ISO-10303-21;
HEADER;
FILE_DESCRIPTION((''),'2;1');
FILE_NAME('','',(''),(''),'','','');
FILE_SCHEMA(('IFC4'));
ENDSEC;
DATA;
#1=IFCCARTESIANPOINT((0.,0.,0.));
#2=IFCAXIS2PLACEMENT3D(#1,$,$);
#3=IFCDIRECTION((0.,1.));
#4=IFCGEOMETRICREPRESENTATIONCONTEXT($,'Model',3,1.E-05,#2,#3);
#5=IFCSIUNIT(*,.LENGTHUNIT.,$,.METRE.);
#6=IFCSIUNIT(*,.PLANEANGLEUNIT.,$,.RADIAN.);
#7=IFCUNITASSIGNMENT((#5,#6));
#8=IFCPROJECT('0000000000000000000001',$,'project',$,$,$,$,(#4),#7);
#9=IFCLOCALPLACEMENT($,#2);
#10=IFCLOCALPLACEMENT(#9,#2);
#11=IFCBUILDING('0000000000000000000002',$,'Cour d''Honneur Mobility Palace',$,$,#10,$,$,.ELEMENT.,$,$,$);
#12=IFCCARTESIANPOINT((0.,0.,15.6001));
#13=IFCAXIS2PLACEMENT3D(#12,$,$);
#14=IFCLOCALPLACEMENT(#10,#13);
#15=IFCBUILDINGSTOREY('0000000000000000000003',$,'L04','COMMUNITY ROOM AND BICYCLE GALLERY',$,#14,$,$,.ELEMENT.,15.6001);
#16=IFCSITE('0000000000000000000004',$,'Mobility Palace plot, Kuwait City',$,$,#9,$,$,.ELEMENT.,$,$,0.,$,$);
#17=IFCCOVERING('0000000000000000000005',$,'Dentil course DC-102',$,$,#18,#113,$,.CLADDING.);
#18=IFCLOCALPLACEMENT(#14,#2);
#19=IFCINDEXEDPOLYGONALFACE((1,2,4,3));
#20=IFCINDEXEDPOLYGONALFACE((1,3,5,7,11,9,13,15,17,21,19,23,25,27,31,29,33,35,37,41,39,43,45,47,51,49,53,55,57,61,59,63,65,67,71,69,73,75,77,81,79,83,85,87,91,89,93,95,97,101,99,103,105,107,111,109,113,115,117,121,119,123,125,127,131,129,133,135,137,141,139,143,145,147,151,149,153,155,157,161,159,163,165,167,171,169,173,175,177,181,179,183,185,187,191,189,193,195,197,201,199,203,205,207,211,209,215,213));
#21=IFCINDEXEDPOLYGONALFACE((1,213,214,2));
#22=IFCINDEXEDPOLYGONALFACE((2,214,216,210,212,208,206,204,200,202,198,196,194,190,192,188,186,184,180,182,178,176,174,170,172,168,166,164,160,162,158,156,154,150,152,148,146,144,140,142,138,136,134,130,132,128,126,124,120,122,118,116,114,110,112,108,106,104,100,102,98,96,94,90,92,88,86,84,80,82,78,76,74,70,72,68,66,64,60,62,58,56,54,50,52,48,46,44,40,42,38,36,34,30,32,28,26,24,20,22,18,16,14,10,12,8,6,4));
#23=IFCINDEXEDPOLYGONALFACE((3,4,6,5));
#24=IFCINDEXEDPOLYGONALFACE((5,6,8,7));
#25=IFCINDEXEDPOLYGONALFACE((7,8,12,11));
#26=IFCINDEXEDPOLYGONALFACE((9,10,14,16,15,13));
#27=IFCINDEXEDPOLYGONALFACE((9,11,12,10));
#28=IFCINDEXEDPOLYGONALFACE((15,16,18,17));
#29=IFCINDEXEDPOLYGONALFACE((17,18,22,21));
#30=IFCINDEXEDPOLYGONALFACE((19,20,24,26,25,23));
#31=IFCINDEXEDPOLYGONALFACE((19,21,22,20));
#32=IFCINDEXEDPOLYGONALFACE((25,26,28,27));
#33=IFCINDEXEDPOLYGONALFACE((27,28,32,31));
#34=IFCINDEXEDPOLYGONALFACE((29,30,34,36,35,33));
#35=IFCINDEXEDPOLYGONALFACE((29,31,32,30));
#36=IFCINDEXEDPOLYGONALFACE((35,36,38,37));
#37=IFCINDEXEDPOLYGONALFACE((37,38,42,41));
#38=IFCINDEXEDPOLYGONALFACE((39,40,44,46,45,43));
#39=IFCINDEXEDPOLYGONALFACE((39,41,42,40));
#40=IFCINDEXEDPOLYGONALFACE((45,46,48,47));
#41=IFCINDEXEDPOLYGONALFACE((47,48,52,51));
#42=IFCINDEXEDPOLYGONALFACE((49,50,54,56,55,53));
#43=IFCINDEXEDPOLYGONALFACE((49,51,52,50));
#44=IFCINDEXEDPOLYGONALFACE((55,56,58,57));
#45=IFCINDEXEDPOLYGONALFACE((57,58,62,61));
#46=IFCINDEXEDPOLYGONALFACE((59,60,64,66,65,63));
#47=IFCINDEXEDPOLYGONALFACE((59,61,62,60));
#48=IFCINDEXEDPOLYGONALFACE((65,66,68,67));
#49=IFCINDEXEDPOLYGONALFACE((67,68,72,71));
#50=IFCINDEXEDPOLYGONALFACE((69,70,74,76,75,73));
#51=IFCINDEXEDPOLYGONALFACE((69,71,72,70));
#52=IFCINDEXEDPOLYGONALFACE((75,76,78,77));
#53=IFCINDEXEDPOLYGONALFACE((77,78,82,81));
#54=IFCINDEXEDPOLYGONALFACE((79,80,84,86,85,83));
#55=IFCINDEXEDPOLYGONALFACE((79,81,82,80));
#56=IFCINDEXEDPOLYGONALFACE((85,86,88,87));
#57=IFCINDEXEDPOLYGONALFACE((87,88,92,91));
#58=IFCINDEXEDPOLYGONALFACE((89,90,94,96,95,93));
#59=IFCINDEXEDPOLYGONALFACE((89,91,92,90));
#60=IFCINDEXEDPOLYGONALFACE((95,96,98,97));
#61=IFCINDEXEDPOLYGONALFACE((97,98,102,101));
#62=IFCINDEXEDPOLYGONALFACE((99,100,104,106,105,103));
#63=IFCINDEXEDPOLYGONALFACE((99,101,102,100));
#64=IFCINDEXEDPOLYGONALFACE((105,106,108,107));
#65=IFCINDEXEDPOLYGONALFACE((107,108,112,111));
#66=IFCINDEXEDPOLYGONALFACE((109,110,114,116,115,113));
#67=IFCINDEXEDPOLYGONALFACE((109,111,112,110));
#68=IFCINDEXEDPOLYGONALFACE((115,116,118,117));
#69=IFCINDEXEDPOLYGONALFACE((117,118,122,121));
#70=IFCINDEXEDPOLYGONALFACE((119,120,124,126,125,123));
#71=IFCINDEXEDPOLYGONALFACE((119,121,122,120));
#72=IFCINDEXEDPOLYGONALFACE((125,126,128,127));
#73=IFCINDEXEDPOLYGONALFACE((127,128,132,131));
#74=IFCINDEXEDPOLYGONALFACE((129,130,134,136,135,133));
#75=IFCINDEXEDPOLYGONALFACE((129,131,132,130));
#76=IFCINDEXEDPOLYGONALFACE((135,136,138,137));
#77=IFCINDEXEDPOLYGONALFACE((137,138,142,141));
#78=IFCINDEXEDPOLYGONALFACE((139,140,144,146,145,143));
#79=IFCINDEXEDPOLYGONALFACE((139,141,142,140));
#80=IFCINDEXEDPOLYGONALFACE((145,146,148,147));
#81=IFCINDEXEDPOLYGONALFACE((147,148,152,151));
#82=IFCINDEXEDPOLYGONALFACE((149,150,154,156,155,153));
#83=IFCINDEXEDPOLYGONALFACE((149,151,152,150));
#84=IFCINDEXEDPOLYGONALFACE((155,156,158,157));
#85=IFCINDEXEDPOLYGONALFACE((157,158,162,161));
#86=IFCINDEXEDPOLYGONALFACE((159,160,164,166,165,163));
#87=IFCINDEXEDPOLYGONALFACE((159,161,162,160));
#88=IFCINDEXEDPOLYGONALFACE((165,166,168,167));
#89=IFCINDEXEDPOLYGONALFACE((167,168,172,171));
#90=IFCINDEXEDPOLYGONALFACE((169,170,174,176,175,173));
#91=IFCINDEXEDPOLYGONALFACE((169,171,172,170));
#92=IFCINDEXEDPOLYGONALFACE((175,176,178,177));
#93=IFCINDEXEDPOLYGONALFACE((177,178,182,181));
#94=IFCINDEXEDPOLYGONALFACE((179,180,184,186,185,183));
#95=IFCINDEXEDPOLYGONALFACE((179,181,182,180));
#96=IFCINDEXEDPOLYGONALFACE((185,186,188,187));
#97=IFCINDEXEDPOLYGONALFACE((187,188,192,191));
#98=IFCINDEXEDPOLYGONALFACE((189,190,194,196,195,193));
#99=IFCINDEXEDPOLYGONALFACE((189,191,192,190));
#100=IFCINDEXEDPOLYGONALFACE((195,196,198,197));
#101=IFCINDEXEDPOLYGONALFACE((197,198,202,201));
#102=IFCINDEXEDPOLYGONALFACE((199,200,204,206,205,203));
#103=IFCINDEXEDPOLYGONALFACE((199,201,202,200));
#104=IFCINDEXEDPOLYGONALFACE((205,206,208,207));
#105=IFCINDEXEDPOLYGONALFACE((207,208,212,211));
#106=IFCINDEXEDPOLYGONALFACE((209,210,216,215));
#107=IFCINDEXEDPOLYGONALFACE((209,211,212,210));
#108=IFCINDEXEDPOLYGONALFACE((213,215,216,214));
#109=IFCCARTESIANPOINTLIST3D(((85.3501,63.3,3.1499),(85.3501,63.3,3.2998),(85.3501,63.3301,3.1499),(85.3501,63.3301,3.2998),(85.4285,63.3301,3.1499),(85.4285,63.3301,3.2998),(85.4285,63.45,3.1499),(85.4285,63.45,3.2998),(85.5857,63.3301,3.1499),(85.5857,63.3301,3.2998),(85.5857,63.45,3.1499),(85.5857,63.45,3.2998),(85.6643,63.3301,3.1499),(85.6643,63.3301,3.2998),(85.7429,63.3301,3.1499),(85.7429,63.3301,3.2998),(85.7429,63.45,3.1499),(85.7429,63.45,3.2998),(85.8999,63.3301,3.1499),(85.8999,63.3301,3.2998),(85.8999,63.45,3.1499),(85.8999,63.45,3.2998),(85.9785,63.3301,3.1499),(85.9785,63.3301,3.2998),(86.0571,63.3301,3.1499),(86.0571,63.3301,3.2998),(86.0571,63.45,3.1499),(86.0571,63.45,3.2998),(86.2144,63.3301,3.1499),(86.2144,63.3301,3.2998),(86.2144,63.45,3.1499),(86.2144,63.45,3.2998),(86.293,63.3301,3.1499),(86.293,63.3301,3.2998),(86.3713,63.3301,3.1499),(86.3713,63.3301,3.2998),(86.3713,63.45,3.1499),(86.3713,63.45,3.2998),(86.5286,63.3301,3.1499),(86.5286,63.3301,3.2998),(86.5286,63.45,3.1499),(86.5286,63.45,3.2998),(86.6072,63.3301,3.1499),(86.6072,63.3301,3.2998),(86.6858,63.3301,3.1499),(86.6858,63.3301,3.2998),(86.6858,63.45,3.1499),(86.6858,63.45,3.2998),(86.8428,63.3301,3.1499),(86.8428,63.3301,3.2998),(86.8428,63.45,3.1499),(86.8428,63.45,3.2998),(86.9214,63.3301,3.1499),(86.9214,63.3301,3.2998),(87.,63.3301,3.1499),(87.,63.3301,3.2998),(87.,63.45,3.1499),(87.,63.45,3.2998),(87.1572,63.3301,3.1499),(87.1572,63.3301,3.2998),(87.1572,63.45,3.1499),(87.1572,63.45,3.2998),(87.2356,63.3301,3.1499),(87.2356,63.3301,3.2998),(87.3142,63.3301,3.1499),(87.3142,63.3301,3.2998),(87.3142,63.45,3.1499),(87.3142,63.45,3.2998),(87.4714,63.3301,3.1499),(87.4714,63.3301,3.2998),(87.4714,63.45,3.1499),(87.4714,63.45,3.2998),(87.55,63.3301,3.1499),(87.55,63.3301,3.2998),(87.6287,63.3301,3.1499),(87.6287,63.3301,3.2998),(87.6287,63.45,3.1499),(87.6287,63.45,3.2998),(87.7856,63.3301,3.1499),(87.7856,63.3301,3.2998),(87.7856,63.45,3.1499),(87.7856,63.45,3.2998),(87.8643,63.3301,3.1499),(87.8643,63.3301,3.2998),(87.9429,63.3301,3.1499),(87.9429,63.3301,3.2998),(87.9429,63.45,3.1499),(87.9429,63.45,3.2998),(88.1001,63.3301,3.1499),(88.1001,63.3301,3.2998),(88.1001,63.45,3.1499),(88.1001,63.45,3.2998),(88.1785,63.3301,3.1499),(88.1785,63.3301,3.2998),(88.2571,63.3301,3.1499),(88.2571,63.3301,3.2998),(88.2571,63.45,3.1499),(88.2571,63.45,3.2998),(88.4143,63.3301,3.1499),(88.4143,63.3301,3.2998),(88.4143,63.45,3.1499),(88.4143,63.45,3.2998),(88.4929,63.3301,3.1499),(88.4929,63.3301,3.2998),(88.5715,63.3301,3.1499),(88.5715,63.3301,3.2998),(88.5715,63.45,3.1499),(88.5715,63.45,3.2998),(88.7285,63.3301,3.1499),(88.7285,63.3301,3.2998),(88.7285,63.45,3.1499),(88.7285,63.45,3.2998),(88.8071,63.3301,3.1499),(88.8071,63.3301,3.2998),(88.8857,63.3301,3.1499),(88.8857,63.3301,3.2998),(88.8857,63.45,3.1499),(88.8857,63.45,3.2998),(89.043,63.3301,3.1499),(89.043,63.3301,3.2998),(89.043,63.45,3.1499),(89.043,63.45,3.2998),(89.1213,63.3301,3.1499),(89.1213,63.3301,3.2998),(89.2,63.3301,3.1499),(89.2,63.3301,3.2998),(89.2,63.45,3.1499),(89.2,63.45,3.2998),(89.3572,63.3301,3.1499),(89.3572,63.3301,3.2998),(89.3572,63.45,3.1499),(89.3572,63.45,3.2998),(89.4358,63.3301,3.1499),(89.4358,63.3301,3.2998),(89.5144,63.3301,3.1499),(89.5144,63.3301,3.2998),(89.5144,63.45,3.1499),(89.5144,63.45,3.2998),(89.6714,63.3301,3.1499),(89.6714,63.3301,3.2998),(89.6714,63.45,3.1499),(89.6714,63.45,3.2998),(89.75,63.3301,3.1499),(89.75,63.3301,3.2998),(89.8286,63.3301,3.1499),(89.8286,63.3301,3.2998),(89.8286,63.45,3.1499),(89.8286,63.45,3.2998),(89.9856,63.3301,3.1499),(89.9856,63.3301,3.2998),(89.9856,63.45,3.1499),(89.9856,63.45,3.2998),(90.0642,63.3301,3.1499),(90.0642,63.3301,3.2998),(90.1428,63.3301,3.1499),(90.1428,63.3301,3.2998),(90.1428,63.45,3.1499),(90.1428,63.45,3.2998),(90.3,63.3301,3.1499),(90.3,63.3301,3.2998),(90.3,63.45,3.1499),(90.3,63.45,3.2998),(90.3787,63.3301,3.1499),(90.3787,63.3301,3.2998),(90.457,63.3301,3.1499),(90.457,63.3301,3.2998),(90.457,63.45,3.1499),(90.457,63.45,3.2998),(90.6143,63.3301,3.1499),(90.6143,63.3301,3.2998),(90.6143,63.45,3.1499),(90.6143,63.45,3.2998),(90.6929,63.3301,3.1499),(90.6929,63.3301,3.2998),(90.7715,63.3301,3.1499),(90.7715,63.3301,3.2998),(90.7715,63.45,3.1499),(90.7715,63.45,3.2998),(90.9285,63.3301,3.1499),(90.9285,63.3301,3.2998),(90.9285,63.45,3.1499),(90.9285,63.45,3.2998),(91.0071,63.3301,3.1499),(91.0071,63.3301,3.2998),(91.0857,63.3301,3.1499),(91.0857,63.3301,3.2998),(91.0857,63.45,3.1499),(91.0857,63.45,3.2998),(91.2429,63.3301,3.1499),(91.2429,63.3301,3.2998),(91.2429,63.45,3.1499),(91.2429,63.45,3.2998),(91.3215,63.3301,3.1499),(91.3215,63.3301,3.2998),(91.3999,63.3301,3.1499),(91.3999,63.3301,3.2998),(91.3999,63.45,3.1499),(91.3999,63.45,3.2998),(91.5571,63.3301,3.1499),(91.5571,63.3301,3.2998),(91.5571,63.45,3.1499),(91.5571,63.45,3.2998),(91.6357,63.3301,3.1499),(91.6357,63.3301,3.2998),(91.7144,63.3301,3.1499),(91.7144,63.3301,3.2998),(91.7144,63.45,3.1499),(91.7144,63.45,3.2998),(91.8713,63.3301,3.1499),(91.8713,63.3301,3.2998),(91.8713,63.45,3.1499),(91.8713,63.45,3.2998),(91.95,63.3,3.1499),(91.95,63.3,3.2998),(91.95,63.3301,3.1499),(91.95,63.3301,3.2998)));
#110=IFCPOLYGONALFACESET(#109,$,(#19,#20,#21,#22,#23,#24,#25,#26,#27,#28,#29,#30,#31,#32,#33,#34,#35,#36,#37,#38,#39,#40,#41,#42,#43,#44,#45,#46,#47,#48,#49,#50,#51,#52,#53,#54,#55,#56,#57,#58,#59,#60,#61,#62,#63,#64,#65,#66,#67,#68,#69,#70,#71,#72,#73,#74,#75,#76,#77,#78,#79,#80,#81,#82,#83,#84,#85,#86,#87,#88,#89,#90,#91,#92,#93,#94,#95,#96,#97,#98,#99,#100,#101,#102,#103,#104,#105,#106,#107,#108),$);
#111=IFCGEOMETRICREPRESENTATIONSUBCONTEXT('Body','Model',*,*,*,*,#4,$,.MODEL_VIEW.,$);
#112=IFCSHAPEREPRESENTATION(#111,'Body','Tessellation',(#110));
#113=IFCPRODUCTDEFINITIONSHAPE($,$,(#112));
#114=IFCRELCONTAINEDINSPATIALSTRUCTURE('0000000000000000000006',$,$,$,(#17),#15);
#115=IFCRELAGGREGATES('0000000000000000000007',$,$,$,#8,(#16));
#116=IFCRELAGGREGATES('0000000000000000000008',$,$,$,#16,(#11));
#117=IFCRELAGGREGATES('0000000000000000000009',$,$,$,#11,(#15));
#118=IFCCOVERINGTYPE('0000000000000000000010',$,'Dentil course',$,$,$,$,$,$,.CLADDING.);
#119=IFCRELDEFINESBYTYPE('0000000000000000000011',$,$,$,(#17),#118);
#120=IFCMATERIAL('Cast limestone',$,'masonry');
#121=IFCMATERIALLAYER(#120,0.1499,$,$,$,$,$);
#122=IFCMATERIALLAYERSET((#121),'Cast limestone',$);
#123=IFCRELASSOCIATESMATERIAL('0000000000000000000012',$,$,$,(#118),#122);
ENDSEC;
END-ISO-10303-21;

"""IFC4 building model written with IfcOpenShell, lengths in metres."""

from ifc_helpers import new_model, si_unit, direction, frame, origin, place, context, subcontext, project, spatial, polyline, outline, extrude, material, layer, layer_set, type_object, element, save


model = new_model("IFC4")

# Units and contexts
model_context = context("Model", 3, precision=1e-05, world=origin(), true_north=direction((0.0, 1.0)))
body_context = subcontext(model_context, "Body", "Model", "MODEL_VIEW")
ifc_project = project(units=[si_unit("LENGTHUNIT", "METRE"), si_unit("PLANEANGLEUNIT", "RADIAN")], contexts=[model_context])

# Site, building, storey
site_placement = place(None, origin())
site = spatial("IfcSite", under=ifc_project, at=site_placement, Name="Mobility Palace plot, Kuwait City", CompositionType="ELEMENT", RefElevation=0.0)
building_placement = place(site_placement, origin())
building = spatial("IfcBuilding", under=site, at=building_placement, Name="Cour d'Honneur Mobility Palace", CompositionType="ELEMENT")
storey_placement = place(building_placement, frame((0.0, 0.0, 15.6001)))
storey = spatial("IfcBuildingStorey", under=building, at=storey_placement, Name="L04", Description="COMMUNITY ROOM AND BICYCLE GALLERY", CompositionType="ELEMENT", Elevation=15.6001)

# Covering
ifc_material = material(Name="Cast limestone", Category="masonry")
ifc_layer = layer(ifc_material, 0.1499)
ifc_layer_set = layer_set([ifc_layer], Name="Cast limestone")
covering_type = type_object("IfcCoveringType", Name="Dentil course", PredefinedType="CLADDING", material=ifc_layer_set)
covering_1_placement = place(storey_placement, frame((0.0, 0.0, 3.1499)))
element("IfcCovering", 1, at=covering_1_placement, inside=storey, type_object=covering_type, Name="Dentil course DC-102", PredefinedType="CLADDING", context=body_context, shape_type="SweptSolid", body=[
    extrude(outline(polyline([(91.95, 63.3), (85.3501, 63.3), (85.3501, 63.3301), (85.3501, 63.3301), (85.4285, 63.3301), (85.4285, 63.45), (85.5857, 63.45), (85.5857, 63.3301), (85.6643, 63.3301), (85.6643, 63.3301), (85.7429, 63.3301), (85.7429, 63.45), (85.8999, 63.45), (85.8999, 63.3301), (85.9785, 63.3301), (85.9785, 63.3301), (86.0571, 63.3301), (86.0571, 63.45), (86.2144, 63.45), (86.2144, 63.3301), (86.293, 63.3301), (86.293, 63.3301), (86.3713, 63.3301), (86.3713, 63.45), (86.5286, 63.45), (86.5286, 63.3301), (86.6072, 63.3301), (86.6072, 63.3301), (86.6858, 63.3301), (86.6858, 63.45), (86.8428, 63.45), (86.8428, 63.3301), (86.9214, 63.3301), (86.9214, 63.3301), (87.0, 63.3301), (87.0, 63.45), (87.1572, 63.45), (87.1572, 63.3301), (87.2356, 63.3301), (87.2356, 63.3301), (87.3142, 63.3301), (87.3142, 63.45), (87.4714, 63.45), (87.4714, 63.3301), (87.55, 63.3301), (87.55, 63.3301), (87.6287, 63.3301), (87.6287, 63.45), (87.7856, 63.45), (87.7856, 63.3301), (87.8643, 63.3301), (87.8643, 63.3301), (87.9429, 63.3301), (87.9429, 63.45), (88.1001, 63.45), (88.1001, 63.3301), (88.1785, 63.3301), (88.1785, 63.3301), (88.2571, 63.3301), (88.2571, 63.45), (88.4143, 63.45), (88.4143, 63.3301), (88.4929, 63.3301), (88.4929, 63.3301), (88.5715, 63.3301), (88.5715, 63.45), (88.7285, 63.45), (88.7285, 63.3301), (88.8071, 63.3301), (88.8071, 63.3301), (88.8857, 63.3301), (88.8857, 63.45), (89.043, 63.45), (89.043, 63.3301), (89.1213, 63.3301), (89.1213, 63.3301), (89.2, 63.3301), (89.2, 63.45), (89.3572, 63.45), (89.3572, 63.3301), (89.4358, 63.3301), (89.4358, 63.3301), (89.5144, 63.3301), (89.5144, 63.45), (89.6714, 63.45), (89.6714, 63.3301), (89.75, 63.3301), (89.75, 63.3301), (89.8286, 63.3301), (89.8286, 63.45), (89.9856, 63.45), (89.9856, 63.3301), (90.0642, 63.3301), (90.0642, 63.3301), (90.1428, 63.3301), (90.1428, 63.45), (90.3, 63.45), (90.3, 63.3301), (90.3787, 63.3301), (90.3787, 63.3301), (90.457, 63.3301), (90.457, 63.45), (90.6143, 63.45), (90.6143, 63.3301), (90.6929, 63.3301), (90.6929, 63.3301), (90.7715, 63.3301), (90.7715, 63.45), (90.9285, 63.45), (90.9285, 63.3301), (91.0071, 63.3301), (91.0071, 63.3301), (91.0857, 63.3301), (91.0857, 63.45), (91.2429, 63.45), (91.2429, 63.3301), (91.3215, 63.3301), (91.3215, 63.3301), (91.3999, 63.3301), (91.3999, 63.45), (91.5571, 63.45), (91.5571, 63.3301), (91.6357, 63.3301), (91.6357, 63.3301), (91.7144, 63.3301), (91.7144, 63.45), (91.8713, 63.45), (91.8713, 63.3301), (91.95, 63.3301), (91.95, 63.3)])), origin(), (0.0, 0.0, 1.0), 0.1499),
])

save(model, "model.ifc")
